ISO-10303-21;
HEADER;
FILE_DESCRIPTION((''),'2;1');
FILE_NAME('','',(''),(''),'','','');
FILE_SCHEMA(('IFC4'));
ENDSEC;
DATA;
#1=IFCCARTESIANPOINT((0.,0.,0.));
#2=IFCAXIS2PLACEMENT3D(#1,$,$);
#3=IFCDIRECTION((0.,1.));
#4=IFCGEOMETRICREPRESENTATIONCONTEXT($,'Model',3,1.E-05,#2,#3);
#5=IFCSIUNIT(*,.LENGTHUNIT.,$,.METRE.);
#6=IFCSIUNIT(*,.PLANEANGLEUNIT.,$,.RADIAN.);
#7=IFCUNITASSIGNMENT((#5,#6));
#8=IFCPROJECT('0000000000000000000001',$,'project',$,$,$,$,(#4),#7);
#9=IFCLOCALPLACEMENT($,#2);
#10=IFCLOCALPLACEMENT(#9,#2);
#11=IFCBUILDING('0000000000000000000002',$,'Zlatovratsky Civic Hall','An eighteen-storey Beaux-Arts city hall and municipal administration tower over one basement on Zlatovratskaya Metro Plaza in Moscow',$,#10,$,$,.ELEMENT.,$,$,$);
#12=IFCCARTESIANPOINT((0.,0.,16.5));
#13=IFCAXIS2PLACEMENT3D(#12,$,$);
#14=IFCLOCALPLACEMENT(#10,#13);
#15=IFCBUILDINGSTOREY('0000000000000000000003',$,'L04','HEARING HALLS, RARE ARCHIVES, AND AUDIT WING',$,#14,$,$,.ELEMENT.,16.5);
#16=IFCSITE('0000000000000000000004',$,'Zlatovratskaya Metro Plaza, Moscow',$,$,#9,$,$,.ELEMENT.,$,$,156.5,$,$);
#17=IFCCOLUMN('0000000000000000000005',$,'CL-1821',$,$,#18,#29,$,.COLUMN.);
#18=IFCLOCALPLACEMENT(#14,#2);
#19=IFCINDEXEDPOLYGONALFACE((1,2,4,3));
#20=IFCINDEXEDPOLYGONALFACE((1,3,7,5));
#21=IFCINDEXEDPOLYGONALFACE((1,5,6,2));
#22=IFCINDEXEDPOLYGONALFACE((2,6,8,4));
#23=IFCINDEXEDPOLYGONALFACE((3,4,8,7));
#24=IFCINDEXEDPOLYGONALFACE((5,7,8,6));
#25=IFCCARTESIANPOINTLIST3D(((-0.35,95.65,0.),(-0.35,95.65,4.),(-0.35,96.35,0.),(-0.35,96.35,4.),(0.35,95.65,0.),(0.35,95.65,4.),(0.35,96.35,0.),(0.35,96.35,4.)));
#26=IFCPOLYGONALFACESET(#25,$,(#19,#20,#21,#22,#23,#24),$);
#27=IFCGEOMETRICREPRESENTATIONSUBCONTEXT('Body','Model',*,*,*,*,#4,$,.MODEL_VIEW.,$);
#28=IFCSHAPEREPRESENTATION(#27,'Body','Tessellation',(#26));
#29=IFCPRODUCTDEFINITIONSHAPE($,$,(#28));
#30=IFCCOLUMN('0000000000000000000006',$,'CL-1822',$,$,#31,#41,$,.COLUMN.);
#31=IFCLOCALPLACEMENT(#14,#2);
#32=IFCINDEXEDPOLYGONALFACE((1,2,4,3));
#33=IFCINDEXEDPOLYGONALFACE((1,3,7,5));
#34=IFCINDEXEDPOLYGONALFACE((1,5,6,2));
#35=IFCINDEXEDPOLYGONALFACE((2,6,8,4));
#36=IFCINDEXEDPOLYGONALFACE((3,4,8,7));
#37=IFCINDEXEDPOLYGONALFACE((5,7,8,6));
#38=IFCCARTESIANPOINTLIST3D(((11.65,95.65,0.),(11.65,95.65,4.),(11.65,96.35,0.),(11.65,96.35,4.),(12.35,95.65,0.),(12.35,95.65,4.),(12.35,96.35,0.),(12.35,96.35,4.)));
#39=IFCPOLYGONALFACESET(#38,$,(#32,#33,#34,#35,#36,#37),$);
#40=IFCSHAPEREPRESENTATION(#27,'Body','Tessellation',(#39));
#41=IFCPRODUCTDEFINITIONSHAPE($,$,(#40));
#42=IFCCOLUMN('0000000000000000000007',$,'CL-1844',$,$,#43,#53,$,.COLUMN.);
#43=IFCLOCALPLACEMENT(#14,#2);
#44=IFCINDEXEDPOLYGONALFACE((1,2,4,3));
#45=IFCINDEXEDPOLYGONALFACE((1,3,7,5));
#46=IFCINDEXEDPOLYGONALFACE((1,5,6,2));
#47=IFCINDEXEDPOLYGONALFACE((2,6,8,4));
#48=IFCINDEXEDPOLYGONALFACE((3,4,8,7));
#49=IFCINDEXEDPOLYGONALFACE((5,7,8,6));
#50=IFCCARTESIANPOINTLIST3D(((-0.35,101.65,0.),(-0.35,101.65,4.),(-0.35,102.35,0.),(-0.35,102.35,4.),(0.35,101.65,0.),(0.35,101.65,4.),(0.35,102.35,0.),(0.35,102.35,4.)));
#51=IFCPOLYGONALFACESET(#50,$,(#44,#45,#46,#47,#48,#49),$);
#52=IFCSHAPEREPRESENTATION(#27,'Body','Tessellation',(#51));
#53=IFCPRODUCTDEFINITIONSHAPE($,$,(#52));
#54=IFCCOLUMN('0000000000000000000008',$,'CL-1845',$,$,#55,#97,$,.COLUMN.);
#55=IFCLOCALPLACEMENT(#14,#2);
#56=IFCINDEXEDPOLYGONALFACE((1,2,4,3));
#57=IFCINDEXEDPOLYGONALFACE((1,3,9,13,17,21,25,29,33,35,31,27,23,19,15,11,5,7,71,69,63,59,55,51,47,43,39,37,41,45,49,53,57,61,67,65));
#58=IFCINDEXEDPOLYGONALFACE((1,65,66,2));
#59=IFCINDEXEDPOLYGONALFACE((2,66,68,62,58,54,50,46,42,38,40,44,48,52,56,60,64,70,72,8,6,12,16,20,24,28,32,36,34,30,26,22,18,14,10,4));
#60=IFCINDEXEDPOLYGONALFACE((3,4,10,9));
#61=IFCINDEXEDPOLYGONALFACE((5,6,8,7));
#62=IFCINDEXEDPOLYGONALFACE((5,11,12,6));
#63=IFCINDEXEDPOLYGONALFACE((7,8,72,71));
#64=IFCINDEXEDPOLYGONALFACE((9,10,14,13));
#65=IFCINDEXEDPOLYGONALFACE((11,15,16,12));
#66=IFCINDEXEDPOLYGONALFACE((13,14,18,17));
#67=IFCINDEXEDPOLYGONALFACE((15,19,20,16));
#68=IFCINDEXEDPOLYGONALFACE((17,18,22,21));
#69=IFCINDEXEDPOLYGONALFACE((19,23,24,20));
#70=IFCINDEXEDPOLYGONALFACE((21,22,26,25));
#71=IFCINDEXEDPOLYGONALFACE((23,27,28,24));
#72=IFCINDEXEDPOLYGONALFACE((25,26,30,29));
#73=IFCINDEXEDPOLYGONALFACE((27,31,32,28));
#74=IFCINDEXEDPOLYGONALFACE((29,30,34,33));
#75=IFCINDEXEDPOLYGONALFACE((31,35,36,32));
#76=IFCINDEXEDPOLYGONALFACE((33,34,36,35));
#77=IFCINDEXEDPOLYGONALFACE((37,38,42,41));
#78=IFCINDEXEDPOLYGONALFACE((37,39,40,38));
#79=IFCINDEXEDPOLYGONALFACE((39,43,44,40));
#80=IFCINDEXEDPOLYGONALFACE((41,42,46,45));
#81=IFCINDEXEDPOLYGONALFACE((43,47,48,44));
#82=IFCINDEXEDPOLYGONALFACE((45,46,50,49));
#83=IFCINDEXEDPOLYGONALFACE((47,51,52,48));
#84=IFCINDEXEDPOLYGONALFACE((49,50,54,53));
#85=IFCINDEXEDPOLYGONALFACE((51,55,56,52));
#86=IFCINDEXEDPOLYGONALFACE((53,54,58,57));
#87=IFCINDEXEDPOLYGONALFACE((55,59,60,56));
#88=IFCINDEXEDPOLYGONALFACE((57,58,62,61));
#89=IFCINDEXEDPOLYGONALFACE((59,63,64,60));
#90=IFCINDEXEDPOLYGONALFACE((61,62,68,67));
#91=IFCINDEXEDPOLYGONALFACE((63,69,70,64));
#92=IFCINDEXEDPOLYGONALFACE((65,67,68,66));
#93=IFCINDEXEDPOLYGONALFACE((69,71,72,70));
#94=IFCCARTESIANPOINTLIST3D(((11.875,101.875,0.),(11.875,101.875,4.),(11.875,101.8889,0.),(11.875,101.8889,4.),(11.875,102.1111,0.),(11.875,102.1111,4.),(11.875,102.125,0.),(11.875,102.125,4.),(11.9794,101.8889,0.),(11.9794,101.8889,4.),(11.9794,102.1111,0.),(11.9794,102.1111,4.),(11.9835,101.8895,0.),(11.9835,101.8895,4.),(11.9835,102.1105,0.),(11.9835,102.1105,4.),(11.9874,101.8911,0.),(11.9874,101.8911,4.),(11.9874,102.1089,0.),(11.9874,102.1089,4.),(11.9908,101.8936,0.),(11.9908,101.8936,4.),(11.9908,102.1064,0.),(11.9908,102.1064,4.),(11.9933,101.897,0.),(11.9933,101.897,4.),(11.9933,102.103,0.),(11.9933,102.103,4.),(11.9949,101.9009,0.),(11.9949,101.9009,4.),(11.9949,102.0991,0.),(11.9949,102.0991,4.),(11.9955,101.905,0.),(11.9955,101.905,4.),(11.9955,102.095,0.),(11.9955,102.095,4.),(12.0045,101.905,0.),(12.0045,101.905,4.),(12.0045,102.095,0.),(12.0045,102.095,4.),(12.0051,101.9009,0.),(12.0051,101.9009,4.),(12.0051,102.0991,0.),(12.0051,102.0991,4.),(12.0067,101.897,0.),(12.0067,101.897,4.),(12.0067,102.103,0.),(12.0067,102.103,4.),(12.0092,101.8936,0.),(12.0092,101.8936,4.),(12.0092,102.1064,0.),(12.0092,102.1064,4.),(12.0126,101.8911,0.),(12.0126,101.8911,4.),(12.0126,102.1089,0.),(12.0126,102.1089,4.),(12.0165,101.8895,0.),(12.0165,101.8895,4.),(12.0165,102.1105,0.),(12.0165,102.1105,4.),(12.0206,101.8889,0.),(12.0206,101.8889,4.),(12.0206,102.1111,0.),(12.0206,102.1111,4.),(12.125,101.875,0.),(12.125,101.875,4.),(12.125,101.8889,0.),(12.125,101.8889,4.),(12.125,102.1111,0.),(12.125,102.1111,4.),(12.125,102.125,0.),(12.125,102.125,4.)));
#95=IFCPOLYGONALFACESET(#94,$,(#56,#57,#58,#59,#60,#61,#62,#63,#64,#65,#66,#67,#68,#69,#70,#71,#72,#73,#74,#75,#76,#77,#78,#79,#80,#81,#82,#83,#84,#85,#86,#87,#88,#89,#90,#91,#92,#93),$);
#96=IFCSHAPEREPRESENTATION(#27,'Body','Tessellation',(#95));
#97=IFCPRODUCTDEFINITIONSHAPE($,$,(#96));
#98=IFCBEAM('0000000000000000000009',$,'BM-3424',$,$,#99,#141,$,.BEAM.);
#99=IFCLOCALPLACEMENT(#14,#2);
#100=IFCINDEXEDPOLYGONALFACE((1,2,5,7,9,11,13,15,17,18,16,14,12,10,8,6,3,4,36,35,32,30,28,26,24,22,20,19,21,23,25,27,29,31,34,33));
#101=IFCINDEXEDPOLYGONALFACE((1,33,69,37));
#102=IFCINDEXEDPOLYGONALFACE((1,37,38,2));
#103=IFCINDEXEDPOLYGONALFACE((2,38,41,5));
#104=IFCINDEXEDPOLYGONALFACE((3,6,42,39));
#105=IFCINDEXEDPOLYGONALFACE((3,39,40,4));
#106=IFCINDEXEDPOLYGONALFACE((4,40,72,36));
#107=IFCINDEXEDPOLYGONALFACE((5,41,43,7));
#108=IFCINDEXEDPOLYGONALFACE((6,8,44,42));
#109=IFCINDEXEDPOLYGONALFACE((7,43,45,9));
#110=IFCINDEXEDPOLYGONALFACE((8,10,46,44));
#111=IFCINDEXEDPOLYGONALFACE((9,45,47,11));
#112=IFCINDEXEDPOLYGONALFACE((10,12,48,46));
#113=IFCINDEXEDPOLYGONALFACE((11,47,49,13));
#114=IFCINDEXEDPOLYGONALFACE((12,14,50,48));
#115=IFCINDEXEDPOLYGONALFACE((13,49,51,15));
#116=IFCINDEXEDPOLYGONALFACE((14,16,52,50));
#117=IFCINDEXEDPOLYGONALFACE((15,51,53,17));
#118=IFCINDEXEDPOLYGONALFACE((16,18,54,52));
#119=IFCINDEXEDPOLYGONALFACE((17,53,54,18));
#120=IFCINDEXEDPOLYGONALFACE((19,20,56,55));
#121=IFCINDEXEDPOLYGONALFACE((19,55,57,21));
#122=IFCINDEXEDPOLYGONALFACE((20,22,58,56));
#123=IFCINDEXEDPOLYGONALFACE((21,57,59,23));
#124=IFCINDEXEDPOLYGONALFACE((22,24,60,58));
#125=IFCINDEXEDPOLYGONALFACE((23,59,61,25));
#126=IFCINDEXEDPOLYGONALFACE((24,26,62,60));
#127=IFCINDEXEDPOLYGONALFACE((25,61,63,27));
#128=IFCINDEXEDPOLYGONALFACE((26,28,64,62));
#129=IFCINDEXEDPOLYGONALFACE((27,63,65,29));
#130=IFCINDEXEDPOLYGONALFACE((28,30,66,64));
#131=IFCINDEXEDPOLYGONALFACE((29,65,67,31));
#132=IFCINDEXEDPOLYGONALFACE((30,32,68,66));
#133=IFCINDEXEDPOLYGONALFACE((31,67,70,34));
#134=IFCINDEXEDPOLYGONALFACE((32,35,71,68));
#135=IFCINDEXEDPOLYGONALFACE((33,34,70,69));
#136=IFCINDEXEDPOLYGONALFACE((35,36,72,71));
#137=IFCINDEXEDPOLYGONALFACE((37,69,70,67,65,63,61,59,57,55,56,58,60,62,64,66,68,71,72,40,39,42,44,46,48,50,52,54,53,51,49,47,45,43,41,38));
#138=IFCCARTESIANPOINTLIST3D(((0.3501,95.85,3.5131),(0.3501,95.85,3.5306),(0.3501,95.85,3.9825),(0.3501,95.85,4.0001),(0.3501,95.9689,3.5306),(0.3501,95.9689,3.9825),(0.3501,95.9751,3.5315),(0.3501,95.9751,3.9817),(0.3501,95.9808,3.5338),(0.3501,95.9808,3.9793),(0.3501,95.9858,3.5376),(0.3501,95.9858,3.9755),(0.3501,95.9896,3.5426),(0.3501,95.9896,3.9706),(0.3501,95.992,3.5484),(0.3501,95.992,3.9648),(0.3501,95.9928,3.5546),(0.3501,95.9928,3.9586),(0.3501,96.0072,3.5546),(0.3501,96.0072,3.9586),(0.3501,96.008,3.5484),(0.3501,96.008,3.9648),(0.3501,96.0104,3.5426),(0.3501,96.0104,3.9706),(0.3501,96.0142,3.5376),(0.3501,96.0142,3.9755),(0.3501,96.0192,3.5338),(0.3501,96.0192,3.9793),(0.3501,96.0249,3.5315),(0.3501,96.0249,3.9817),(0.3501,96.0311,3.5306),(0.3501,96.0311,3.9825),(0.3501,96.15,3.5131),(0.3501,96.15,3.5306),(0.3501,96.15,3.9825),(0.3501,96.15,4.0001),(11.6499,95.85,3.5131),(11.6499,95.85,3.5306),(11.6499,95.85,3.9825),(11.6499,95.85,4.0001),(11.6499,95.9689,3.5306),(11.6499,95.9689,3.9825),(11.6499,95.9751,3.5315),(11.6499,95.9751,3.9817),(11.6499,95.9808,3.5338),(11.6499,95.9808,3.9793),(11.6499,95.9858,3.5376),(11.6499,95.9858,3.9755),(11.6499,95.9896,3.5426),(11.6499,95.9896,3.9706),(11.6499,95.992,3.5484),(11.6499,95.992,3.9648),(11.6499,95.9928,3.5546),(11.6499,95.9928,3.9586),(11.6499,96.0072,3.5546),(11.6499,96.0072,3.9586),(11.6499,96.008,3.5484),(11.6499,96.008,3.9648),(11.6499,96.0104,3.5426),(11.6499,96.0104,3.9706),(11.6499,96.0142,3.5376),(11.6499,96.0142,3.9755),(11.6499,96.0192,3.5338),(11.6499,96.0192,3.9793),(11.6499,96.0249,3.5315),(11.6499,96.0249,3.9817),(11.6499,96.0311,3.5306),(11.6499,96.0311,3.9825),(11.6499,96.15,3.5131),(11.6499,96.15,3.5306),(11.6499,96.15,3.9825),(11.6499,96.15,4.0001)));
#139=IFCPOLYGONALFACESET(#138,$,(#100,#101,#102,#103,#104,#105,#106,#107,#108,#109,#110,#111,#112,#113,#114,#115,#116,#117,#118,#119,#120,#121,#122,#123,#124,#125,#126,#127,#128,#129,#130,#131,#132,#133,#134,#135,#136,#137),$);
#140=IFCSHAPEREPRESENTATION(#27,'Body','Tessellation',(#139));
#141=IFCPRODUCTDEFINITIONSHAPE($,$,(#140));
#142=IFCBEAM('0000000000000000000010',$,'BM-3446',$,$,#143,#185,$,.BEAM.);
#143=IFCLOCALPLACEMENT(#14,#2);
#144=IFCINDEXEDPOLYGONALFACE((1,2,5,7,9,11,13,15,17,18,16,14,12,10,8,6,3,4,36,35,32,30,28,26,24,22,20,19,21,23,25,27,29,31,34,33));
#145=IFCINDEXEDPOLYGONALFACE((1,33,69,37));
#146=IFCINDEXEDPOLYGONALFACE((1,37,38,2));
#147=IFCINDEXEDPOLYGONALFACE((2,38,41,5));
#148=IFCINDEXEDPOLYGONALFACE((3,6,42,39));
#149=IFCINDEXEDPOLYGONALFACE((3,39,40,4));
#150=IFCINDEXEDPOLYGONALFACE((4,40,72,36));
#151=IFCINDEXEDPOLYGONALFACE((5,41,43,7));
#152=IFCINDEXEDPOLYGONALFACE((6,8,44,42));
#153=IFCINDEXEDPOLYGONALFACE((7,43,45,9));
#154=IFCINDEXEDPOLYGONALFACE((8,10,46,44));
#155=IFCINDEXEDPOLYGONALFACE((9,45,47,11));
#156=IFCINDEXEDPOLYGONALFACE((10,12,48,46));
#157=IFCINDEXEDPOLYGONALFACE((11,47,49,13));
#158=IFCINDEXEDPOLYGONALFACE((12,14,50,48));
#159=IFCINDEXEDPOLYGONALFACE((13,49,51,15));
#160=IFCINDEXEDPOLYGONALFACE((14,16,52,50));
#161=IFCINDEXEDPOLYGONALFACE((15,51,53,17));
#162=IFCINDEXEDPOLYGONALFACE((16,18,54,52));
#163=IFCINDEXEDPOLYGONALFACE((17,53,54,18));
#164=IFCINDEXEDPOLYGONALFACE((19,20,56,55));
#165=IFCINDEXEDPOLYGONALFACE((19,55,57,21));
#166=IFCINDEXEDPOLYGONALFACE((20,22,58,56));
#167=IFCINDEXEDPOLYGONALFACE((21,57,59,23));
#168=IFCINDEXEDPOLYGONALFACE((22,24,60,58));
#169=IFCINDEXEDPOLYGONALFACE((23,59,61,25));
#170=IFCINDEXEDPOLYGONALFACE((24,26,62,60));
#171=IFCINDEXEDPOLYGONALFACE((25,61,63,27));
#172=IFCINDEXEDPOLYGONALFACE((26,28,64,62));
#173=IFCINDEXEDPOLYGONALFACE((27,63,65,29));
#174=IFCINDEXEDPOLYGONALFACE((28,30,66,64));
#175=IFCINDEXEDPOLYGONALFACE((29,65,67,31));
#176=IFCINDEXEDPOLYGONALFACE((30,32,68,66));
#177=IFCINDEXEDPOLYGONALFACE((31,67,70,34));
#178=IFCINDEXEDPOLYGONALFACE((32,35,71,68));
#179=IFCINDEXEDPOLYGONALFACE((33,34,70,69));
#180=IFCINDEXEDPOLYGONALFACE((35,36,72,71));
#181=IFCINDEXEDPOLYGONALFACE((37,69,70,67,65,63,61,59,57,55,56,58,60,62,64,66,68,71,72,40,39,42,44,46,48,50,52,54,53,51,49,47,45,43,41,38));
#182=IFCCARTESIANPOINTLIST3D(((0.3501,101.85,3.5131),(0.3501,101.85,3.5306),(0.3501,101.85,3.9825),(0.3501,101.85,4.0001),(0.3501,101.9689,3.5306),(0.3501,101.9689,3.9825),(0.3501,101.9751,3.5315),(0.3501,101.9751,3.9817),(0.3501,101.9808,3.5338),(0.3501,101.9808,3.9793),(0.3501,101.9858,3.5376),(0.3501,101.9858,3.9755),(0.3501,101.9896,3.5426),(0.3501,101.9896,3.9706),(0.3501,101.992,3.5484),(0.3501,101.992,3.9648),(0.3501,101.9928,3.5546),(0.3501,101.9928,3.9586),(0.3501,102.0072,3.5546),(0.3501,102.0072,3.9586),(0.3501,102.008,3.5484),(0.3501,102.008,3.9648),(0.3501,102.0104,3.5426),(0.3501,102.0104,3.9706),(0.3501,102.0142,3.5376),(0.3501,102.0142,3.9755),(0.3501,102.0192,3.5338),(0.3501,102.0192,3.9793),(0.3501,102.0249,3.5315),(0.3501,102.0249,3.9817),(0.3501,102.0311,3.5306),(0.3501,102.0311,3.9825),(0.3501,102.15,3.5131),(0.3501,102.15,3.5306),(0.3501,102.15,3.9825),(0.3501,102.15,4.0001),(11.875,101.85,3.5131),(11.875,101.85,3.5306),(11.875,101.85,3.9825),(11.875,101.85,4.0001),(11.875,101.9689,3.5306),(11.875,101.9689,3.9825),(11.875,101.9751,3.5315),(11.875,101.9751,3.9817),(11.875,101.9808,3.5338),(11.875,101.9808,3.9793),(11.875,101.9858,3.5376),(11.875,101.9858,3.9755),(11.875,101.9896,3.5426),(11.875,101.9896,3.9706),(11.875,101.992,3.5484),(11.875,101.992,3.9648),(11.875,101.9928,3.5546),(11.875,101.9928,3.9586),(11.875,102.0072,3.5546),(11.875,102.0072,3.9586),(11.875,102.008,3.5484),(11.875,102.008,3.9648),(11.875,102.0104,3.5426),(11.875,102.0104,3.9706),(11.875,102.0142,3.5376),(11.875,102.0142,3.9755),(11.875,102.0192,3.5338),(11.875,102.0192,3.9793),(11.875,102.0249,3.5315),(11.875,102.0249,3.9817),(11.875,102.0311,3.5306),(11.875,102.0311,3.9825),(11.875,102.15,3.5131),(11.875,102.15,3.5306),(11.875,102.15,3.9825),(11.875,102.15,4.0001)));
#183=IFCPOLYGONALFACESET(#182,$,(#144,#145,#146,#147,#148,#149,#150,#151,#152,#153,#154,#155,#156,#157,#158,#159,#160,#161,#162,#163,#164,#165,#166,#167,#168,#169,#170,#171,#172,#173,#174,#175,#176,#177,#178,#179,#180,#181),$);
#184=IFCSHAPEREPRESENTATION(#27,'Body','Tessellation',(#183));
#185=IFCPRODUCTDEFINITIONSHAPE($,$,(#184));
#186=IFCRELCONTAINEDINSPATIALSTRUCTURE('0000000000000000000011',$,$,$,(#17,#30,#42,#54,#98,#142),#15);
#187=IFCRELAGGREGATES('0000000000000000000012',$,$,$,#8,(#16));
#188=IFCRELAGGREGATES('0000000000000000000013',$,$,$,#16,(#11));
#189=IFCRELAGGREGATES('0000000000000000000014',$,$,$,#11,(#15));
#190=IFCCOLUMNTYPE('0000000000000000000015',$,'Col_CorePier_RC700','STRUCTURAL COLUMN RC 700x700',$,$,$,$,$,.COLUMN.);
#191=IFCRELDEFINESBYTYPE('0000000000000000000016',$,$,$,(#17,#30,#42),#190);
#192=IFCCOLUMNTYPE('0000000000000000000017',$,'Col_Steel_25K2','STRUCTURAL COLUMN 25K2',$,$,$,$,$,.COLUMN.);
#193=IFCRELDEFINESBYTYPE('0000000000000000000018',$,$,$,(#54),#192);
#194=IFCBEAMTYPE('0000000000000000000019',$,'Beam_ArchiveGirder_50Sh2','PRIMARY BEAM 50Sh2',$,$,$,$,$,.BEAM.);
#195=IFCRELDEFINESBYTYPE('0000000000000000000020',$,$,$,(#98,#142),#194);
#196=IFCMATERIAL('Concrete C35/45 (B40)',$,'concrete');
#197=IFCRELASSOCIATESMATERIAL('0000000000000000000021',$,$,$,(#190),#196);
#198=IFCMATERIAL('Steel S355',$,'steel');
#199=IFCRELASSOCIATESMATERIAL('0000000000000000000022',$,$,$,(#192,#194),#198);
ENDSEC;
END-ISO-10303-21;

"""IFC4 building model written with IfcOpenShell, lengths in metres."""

from ifc_helpers import new_model, si_unit, direction, frame, origin, origin_2d, place, context, subcontext, project, spatial, rectangle, i_section, extrude, material, material_profile, profile_set, type_object, element, save


model = new_model("IFC4")

# Units and contexts
model_context = context("Model", 3, precision=1e-05, world=origin(), true_north=direction((0.0, 1.0)))
body_context = subcontext(model_context, "Body", "Model", "MODEL_VIEW")
ifc_project = project(units=[si_unit("LENGTHUNIT", "METRE"), si_unit("PLANEANGLEUNIT", "RADIAN")], contexts=[model_context])

# Site, building, storey
site_placement = place(None, origin())
site = spatial("IfcSite", under=ifc_project, at=site_placement, Name="Zlatovratskaya Metro Plaza, Moscow", CompositionType="ELEMENT", RefElevation=156.5)
building_placement = place(site_placement, origin())
building = spatial("IfcBuilding", under=site, at=building_placement, Name="Zlatovratsky Civic Hall", Description="An eighteen-storey Beaux-Arts city hall and municipal administration tower over one basement on Zlatovratskaya Metro Plaza in Moscow", CompositionType="ELEMENT")
storey_placement = place(building_placement, frame((0.0, 0.0, 16.5)))
storey = spatial("IfcBuildingStorey", under=building, at=storey_placement, Name="L04", Description="HEARING HALLS, RARE ARCHIVES, AND AUDIT WING", CompositionType="ELEMENT", Elevation=16.5)

# Columns
ifc_material_1 = material(Name="Concrete C35/45 (B40)", Category="concrete")
ifc_material_profile_1 = material_profile(ifc_material_1, rectangle(XDim=0.7, YDim=0.7, at=origin_2d()), Name="RC 700x700")
ifc_profile_set_1 = profile_set([ifc_material_profile_1], Name="Concrete C35/45 (B40)")
column_type_1 = type_object("IfcColumnType", Name="Col_CorePier_RC700", Description="STRUCTURAL COLUMN RC 700x700", PredefinedType="COLUMN", material=ifc_profile_set_1)
for number, where, z_axis, x_axis, name in (
    (1, (0.0, 96.0, 0.0), (0.0, 0.0, 1.0), (1.0, 0.0, 0.0), "CL-1821"),
    (2, (12.0, 96.0, 0.0), (0.0, 0.0, 1.0), (1.0, 0.0, 0.0), "CL-1822"),
    (3, (0.0, 102.0, 0.0), (0.0, 0.0, 1.0), (1.0, 0.0, 0.0), "CL-1844"),
):
    element("IfcColumn", number, at=place(storey_placement, frame(where, z_axis=z_axis, x_axis=x_axis)), inside=storey, type_object=column_type_1, Name=name, PredefinedType="COLUMN", context=body_context, shape_type="SweptSolid", body=[
        extrude(rectangle(XDim=0.7, YDim=0.7, at=origin_2d()), origin(), (0.0, 0.0, 1.0), 4.0),
    ])
ifc_material_2 = material(Name="Steel S355", Category="steel")
ifc_material_profile_2 = material_profile(ifc_material_2, i_section(OverallWidth=0.25, OverallDepth=0.25, WebThickness=0.009, FlangeThickness=0.0139, FilletRadius=0.0161, at=origin_2d()), Name="25K2")
ifc_profile_set_2 = profile_set([ifc_material_profile_2], Name="Steel S355")
column_type_2 = type_object("IfcColumnType", Name="Col_Steel_25K2", Description="STRUCTURAL COLUMN 25K2", PredefinedType="COLUMN", material=ifc_profile_set_2)
column_placement = place(storey_placement, frame((12.0, 102.0, 0.0), z_axis=(0.0, 0.0, 1.0), x_axis=(1.0, 0.0, 0.0)))
element("IfcColumn", 4, at=column_placement, inside=storey, type_object=column_type_2, Name="CL-1845", PredefinedType="COLUMN", context=body_context, shape_type="SweptSolid", body=[
    extrude(i_section(OverallWidth=0.25, OverallDepth=0.25, WebThickness=0.009, FlangeThickness=0.0139, FilletRadius=0.0161, at=origin_2d()), origin(), (0.0, 0.0, 1.0), 4.0),
])

# Beams
ifc_material_profile_3 = material_profile(ifc_material_2, i_section(OverallWidth=0.3, OverallDepth=0.4871, WebThickness=0.0144, FlangeThickness=0.0176, FilletRadius=0.0239, at=origin_2d()), Name="50Sh2")
ifc_profile_set_3 = profile_set([ifc_material_profile_3], Name="Steel S355")
beam_type_1 = type_object("IfcBeamType", Name="Beam_ArchiveGirder_50Sh2", Description="PRIMARY BEAM 50Sh2", PredefinedType="BEAM", material=ifc_profile_set_3)
beam_1_placement = place(storey_placement, frame((0.3501, 96.0, 3.7566), z_axis=(1.0, 0.0, 0.0), x_axis=(0.0, 1.0, 0.0)))
element("IfcBeam", 5, at=beam_1_placement, inside=storey, type_object=beam_type_1, Name="BM-3424", PredefinedType="BEAM", context=body_context, shape_type="SweptSolid", body=[
    extrude(i_section(OverallWidth=0.3, OverallDepth=0.4871, WebThickness=0.0144, FlangeThickness=0.0176, FilletRadius=0.0239, at=origin_2d()), origin(), (0.0, 0.0, 1.0), 11.2998),
])
beam_2_placement = place(storey_placement, frame((0.3501, 102.0, 3.7566), z_axis=(1.0, 0.0, 0.0), x_axis=(0.0, 1.0, 0.0)))
element("IfcBeam", 6, at=beam_2_placement, inside=storey, type_object=beam_type_1, Name="BM-3446", PredefinedType="BEAM", context=body_context, shape_type="SweptSolid", body=[
    extrude(i_section(OverallWidth=0.3, OverallDepth=0.4871, WebThickness=0.0144, FlangeThickness=0.0176, FilletRadius=0.0239, at=origin_2d()), origin(), (0.0, 0.0, 1.0), 11.5249),
])

save(model, "model.ifc")
